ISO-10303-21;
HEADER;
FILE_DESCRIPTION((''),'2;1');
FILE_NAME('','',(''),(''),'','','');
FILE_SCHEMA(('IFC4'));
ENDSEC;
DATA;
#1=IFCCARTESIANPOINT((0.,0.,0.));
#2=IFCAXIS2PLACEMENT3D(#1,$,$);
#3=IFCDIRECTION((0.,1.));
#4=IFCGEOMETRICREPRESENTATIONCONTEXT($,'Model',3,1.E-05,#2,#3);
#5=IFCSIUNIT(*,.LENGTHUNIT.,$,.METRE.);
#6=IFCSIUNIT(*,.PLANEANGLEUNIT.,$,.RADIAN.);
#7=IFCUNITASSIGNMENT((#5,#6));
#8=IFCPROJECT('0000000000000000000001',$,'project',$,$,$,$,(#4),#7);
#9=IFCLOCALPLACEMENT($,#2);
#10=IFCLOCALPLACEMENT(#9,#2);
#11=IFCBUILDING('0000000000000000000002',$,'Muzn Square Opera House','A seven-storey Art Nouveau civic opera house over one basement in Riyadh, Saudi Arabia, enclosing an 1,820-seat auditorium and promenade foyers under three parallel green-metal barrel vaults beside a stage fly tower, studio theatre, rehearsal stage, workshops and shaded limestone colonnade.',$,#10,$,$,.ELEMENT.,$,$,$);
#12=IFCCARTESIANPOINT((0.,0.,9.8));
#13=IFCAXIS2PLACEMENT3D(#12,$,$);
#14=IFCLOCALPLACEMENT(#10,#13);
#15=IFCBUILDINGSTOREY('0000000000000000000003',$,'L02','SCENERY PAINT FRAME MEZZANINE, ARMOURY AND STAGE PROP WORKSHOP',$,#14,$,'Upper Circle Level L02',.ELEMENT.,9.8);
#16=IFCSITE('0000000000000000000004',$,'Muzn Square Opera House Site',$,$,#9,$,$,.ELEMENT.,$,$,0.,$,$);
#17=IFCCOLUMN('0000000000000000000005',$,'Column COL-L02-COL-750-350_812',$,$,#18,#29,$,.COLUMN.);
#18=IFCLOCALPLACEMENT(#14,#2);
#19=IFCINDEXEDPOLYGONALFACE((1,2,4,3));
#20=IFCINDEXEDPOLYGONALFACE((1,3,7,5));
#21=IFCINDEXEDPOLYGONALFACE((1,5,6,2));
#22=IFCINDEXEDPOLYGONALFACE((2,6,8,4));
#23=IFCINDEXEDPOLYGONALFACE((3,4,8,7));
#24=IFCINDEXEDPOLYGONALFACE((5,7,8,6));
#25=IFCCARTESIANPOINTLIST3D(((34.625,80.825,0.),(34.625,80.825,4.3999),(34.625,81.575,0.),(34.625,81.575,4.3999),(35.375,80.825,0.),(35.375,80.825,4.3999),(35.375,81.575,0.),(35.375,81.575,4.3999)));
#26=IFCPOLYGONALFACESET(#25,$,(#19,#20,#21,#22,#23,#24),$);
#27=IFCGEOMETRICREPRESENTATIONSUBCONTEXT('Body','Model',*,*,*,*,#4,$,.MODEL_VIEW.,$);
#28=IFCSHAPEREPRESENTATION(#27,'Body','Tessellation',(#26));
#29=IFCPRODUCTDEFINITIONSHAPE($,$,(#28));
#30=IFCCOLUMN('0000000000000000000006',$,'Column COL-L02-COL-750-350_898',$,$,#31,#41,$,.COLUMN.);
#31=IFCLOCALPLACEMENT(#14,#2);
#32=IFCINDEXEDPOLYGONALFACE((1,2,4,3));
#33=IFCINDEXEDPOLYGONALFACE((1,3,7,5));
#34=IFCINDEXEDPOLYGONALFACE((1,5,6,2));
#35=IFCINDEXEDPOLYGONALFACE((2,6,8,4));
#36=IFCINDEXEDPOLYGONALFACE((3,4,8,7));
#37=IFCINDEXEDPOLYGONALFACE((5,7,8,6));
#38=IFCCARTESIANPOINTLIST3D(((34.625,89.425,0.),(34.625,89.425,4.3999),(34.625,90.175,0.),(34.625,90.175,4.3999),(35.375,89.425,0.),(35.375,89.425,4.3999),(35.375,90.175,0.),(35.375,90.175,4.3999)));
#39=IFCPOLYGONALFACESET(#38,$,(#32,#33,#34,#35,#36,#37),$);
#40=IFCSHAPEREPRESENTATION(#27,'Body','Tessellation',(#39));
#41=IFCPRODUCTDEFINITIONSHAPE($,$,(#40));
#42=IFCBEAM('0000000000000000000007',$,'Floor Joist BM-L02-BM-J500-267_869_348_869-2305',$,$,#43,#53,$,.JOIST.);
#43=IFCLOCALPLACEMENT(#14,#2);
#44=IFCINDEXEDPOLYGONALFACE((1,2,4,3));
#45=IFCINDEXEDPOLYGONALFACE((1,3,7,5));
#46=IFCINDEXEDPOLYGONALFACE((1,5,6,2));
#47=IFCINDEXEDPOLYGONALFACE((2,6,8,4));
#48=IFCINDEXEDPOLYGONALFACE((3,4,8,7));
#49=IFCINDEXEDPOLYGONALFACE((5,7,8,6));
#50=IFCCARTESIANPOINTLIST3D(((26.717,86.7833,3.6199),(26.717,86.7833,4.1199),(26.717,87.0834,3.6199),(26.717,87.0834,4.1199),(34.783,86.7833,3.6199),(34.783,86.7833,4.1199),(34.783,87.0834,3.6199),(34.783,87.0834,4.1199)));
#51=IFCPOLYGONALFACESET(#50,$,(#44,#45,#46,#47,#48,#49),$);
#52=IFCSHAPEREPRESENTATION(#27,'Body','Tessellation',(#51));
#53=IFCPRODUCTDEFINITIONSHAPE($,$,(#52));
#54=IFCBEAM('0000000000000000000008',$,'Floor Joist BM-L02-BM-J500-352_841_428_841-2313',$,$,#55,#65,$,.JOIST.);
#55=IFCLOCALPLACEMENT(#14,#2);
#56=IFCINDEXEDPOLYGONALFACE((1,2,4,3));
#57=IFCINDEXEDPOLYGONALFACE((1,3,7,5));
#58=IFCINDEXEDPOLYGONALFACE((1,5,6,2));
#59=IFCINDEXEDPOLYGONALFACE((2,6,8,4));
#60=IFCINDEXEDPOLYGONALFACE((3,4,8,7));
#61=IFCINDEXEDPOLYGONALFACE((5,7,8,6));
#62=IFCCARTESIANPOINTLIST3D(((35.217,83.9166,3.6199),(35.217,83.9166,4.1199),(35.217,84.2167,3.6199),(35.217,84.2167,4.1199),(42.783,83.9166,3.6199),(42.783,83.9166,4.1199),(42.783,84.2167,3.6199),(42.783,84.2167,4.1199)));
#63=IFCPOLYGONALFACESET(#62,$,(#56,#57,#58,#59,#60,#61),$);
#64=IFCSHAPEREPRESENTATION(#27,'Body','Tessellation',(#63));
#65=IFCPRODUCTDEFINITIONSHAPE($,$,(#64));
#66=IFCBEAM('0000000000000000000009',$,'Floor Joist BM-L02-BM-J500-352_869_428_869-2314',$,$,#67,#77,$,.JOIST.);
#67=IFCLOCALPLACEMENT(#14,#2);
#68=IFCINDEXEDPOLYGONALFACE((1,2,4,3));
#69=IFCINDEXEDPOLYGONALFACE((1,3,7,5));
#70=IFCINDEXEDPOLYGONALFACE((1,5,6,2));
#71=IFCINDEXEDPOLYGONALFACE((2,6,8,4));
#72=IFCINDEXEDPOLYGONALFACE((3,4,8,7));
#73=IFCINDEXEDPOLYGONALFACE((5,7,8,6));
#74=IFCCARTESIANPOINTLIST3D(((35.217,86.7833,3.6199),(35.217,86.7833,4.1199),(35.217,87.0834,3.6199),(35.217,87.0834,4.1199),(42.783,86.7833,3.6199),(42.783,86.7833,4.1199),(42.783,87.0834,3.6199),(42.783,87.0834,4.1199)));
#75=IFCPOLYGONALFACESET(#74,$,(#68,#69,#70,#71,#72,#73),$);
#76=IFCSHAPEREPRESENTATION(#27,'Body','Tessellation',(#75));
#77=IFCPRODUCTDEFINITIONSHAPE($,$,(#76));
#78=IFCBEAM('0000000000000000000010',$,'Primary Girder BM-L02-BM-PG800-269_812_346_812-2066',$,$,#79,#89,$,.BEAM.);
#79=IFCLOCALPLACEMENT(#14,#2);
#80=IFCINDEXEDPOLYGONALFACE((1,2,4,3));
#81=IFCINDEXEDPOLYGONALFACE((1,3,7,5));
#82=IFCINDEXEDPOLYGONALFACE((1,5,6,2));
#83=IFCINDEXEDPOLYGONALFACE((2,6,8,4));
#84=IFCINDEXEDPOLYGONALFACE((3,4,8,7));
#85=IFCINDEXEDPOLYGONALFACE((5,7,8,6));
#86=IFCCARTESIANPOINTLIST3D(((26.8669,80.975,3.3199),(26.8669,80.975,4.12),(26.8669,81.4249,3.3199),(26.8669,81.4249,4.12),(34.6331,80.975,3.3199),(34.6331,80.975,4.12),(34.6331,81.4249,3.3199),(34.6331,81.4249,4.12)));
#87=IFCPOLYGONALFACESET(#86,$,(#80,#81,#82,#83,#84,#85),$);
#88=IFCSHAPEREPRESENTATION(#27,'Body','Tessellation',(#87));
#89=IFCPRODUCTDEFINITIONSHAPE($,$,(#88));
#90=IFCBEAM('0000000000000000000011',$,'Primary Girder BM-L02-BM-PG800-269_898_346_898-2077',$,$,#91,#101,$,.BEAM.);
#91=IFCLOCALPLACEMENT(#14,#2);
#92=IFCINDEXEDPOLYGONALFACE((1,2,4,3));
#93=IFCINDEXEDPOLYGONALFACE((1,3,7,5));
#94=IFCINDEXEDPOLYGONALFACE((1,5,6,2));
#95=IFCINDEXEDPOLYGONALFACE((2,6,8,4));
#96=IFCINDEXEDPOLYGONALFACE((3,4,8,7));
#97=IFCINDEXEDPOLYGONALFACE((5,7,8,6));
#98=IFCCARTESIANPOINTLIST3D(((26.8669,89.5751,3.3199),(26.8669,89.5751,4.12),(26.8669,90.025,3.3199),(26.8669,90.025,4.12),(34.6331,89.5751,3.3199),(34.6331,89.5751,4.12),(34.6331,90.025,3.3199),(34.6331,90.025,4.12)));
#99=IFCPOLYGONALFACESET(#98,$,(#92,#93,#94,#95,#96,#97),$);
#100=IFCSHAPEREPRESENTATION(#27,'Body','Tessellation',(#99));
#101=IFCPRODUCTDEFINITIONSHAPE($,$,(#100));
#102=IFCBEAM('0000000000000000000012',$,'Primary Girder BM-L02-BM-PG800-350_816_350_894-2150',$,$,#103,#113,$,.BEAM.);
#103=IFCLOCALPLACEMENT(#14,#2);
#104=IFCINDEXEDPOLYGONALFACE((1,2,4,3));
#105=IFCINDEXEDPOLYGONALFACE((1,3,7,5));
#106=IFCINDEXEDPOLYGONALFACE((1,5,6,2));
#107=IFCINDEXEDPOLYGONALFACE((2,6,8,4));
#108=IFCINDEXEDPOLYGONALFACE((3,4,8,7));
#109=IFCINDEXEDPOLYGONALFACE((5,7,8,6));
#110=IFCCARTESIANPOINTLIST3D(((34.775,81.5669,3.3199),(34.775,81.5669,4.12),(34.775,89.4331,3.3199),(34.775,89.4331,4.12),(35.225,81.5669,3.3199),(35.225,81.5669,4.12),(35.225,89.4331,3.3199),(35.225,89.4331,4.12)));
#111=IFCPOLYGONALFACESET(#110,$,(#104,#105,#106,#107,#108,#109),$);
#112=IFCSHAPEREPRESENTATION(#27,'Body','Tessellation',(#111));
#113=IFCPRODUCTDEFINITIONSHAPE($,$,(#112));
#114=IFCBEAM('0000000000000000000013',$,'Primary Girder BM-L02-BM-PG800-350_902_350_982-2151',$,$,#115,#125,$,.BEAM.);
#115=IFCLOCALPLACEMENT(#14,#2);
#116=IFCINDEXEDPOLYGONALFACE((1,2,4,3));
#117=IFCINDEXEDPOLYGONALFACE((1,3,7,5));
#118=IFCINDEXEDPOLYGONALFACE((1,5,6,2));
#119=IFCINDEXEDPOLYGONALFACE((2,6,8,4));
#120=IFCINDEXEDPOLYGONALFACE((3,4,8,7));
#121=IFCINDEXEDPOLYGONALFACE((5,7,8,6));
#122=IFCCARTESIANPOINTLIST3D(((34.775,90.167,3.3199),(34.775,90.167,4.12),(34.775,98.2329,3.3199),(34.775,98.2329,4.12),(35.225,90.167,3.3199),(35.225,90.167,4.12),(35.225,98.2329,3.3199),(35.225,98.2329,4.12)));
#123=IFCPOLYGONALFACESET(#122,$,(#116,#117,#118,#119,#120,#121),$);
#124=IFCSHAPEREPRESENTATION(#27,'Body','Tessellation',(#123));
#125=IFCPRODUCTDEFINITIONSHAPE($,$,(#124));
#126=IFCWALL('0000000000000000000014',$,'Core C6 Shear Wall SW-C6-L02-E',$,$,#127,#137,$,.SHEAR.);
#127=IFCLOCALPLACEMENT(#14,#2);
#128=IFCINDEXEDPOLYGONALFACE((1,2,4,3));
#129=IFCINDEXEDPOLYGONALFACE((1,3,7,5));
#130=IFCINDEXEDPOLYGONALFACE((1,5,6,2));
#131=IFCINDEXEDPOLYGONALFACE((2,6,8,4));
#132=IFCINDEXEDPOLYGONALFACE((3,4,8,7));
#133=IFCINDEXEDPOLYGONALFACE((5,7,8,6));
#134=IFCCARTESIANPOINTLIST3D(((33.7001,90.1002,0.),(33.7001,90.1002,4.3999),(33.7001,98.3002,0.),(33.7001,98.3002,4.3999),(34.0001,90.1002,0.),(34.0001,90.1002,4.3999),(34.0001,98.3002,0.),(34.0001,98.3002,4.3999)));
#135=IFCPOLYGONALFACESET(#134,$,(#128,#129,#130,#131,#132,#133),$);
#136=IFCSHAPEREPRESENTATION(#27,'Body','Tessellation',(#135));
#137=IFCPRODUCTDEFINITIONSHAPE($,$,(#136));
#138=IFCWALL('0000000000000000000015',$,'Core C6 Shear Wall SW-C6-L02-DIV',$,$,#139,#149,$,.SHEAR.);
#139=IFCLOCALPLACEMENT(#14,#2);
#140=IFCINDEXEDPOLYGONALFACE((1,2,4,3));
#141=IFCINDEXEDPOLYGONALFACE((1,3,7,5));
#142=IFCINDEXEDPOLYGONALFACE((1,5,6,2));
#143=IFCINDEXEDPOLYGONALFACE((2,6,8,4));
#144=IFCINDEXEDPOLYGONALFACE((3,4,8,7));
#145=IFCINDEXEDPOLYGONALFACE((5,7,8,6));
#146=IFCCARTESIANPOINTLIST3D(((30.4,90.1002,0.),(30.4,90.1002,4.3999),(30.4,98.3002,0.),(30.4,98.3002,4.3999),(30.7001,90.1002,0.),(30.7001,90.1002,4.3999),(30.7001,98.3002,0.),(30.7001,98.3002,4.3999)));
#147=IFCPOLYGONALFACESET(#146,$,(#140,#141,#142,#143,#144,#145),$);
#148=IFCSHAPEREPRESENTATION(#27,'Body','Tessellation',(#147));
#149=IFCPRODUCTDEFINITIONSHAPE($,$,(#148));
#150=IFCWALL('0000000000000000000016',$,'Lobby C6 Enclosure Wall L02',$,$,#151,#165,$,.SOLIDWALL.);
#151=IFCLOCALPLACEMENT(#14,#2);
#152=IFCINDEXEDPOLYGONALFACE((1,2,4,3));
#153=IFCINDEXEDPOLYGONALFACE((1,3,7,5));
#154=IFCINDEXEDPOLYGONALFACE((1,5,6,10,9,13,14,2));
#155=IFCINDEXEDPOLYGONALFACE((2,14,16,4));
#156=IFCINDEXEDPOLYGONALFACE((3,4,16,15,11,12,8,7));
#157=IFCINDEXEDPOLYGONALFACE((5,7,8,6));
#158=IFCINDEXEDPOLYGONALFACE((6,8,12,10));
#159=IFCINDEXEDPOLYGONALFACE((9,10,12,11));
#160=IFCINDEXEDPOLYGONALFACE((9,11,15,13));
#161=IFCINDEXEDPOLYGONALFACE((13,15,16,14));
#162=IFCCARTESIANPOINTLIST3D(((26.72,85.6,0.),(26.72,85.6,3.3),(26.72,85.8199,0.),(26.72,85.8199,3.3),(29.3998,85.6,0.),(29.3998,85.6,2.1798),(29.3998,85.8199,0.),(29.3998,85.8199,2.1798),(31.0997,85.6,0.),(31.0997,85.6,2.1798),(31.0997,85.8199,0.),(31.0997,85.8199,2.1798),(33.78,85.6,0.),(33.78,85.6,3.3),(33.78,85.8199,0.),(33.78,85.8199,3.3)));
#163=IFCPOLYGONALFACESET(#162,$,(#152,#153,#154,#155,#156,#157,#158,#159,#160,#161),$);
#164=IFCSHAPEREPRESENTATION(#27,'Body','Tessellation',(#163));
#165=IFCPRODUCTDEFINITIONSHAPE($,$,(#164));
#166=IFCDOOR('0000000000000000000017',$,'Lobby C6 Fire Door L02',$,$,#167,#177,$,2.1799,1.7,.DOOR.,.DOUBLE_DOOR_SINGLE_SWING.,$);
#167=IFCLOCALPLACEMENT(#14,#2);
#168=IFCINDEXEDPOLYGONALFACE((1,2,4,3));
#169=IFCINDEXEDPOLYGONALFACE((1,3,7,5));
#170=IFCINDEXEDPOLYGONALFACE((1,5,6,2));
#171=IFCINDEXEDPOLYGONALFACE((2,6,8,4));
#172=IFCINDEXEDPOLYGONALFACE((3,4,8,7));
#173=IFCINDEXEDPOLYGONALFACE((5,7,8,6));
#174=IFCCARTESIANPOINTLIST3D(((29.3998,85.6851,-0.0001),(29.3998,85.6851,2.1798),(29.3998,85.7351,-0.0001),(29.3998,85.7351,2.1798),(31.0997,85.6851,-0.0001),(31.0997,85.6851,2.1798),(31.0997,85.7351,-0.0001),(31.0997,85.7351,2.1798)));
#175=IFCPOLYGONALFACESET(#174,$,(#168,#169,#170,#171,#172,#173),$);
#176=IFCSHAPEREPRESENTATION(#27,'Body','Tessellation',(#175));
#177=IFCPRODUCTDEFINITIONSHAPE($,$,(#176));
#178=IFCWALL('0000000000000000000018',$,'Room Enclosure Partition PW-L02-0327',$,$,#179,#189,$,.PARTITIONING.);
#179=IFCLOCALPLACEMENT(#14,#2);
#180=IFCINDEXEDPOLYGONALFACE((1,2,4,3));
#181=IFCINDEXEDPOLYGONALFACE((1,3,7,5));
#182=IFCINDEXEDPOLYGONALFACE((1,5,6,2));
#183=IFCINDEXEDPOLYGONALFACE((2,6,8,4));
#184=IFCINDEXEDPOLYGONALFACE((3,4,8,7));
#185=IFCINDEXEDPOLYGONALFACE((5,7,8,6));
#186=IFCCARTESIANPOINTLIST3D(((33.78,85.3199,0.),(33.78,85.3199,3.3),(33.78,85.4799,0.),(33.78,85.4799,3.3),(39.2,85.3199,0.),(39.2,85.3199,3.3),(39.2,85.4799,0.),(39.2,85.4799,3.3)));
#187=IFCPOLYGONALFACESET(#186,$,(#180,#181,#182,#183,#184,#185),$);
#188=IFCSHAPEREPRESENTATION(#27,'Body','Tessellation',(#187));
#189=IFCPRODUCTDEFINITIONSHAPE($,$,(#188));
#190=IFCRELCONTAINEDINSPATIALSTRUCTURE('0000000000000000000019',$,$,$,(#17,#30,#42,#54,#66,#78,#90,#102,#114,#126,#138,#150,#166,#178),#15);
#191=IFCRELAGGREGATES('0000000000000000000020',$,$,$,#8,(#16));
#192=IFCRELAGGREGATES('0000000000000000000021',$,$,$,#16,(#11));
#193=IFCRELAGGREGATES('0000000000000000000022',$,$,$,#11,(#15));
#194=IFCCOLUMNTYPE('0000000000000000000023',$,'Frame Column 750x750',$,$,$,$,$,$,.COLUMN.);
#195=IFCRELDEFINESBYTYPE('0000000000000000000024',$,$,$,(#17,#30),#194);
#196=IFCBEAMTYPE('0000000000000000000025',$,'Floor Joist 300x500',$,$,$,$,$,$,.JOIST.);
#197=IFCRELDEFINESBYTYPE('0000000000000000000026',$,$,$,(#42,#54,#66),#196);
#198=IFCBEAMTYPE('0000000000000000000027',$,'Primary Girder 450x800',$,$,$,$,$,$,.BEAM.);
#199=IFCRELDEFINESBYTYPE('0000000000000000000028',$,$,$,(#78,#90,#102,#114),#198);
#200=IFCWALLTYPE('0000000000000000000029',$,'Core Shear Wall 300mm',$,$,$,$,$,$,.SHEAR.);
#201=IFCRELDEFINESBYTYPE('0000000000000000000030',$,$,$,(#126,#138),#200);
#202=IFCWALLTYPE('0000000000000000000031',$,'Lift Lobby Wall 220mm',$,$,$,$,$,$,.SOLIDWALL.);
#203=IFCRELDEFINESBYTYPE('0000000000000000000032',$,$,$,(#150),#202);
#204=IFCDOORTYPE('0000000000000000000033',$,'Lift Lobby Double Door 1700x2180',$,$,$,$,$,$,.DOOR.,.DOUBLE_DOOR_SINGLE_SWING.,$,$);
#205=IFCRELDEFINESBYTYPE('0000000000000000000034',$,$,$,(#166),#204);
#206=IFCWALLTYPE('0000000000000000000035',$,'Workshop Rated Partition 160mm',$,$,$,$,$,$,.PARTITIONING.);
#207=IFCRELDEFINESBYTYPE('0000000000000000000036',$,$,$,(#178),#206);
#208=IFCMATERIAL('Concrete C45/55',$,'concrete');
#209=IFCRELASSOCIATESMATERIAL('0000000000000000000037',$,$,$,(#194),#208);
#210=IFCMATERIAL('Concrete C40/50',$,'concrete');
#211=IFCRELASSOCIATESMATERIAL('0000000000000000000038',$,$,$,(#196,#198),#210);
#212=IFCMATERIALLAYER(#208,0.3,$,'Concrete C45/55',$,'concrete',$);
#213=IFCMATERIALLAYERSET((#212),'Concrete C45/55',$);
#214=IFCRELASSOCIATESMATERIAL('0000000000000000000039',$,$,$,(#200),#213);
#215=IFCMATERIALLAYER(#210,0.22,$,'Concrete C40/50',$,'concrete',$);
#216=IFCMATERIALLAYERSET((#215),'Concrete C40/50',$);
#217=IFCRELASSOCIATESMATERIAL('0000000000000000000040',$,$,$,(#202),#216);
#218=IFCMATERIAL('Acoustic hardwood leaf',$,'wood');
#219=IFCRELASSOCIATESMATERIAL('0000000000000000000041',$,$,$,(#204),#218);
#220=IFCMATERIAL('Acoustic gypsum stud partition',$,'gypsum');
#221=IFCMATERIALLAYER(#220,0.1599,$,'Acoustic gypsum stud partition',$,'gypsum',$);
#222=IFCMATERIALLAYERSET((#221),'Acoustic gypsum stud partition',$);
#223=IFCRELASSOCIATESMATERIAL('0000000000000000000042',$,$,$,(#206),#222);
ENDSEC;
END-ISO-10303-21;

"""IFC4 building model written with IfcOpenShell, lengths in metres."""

from ifc_helpers import new_model, si_unit, direction, frame, frame_2d, origin, origin_2d, place, context, subcontext, project, spatial, rectangle, extrude, material, layer, layer_set, material_profile, profile_set, type_object, element, fill, save


model = new_model("IFC4")

# Units and contexts
model_context = context("Model", 3, precision=1e-05, world=origin(), true_north=direction((0.0, 1.0)))
body_context = subcontext(model_context, "Body", "Model", "MODEL_VIEW")
ifc_project = project(units=[si_unit("LENGTHUNIT", "METRE"), si_unit("PLANEANGLEUNIT", "RADIAN")], contexts=[model_context])

# Site, building, storey
site_placement = place(None, origin())
site = spatial("IfcSite", under=ifc_project, at=site_placement, Name="Muzn Square Opera House Site", CompositionType="ELEMENT", RefElevation=0.0)
building_placement = place(site_placement, origin())
building = spatial("IfcBuilding", under=site, at=building_placement, Name="Muzn Square Opera House", Description="A seven-storey Art Nouveau civic opera house over one basement in Riyadh, Saudi Arabia, enclosing an 1,820-seat auditorium and promenade foyers under three parallel green-metal barrel vaults beside a stage fly tower, studio theatre, rehearsal stage, workshops and shaded limestone colonnade.", CompositionType="ELEMENT")
storey_placement = place(building_placement, frame((0.0, 0.0, 9.8)))
storey = spatial("IfcBuildingStorey", under=building, at=storey_placement, Name="L02", Description="SCENERY PAINT FRAME MEZZANINE, ARMOURY AND STAGE PROP WORKSHOP", LongName="Upper Circle Level L02", CompositionType="ELEMENT", Elevation=9.8)

# Columns
ifc_material_1 = material(Name="Concrete C45/55", Category="concrete")
ifc_material_profile_1 = material_profile(ifc_material_1, rectangle(XDim=0.75, YDim=0.75, at=origin_2d()), Name="RC 750x750", Category="concrete")
ifc_profile_set_1 = profile_set([ifc_material_profile_1], Name="Concrete C45/55")
column_type = type_object("IfcColumnType", Name="Frame Column 750x750", PredefinedType="COLUMN", material=ifc_profile_set_1)
for number, where, z_axis, x_axis, name in (
    (1, (35.0, 81.2, 0.0), (0.0, 0.0, 1.0), (1.0, 0.0, 0.0), "Column COL-L02-COL-750-350_812"),
    (2, (35.0, 89.8, 0.0), (0.0, 0.0, 1.0), (1.0, 0.0, 0.0), "Column COL-L02-COL-750-350_898"),
):
    element("IfcColumn", number, at=place(storey_placement, frame(where, z_axis=z_axis, x_axis=x_axis)), inside=storey, type_object=column_type, Name=name, PredefinedType="COLUMN", context=body_context, shape_type="SweptSolid", body=[
        extrude(rectangle(XDim=0.75, YDim=0.75, at=origin_2d()), origin(), (0.0, 0.0, 1.0), 4.3999),
    ])

# Beams
ifc_material_2 = material(Name="Concrete C40/50", Category="concrete")
ifc_material_profile_2 = material_profile(ifc_material_2, rectangle(XDim=0.3, YDim=0.5, at=origin_2d()), Name="RCJ 300x500", Category="concrete")
ifc_profile_set_2 = profile_set([ifc_material_profile_2], Name="Concrete C40/50")
beam_type_1 = type_object("IfcBeamType", Name="Floor Joist 300x500", PredefinedType="JOIST", material=ifc_profile_set_2)
beam_1_placement = place(storey_placement, frame((26.717, 86.9333, 3.8699), z_axis=(1.0, 0.0, 0.0), x_axis=(0.0, 1.0, 0.0)))
element("IfcBeam", 3, at=beam_1_placement, inside=storey, type_object=beam_type_1, Name="Floor Joist BM-L02-BM-J500-267_869_348_869-2305", PredefinedType="JOIST", context=body_context, shape_type="SweptSolid", body=[
    extrude(rectangle(XDim=0.3, YDim=0.5, at=origin_2d()), origin(), (0.0, 0.0, 1.0), 8.0659),
])
for number, where, z_axis, x_axis, name in (
    (4, (35.217, 84.0667, 3.8699), (1.0, 0.0, 0.0), (0.0, 1.0, 0.0), "Floor Joist BM-L02-BM-J500-352_841_428_841-2313"),
    (5, (35.217, 86.9333, 3.8699), (1.0, 0.0, 0.0), (0.0, 1.0, 0.0), "Floor Joist BM-L02-BM-J500-352_869_428_869-2314"),
):
    element("IfcBeam", number, at=place(storey_placement, frame(where, z_axis=z_axis, x_axis=x_axis)), inside=storey, type_object=beam_type_1, Name=name, PredefinedType="JOIST", context=body_context, shape_type="SweptSolid", body=[
        extrude(rectangle(XDim=0.3, YDim=0.5, at=origin_2d()), origin(), (0.0, 0.0, 1.0), 7.5659),
    ])
ifc_material_profile_3 = material_profile(ifc_material_2, rectangle(XDim=0.45, YDim=0.8, at=origin_2d()), Name="RCB 450x800", Category="concrete")
ifc_profile_set_3 = profile_set([ifc_material_profile_3], Name="Concrete C40/50")
beam_type_2 = type_object("IfcBeamType", Name="Primary Girder 450x800", PredefinedType="BEAM", material=ifc_profile_set_3)
for number, where, z_axis, x_axis, name in (
    (6, (26.8669, 81.2, 3.72), (1.0, 0.0, 0.0), (0.0, 1.0, 0.0), "Primary Girder BM-L02-BM-PG800-269_812_346_812-2066"),
    (7, (26.8669, 89.8, 3.72), (1.0, 0.0, 0.0), (0.0, 1.0, 0.0), "Primary Girder BM-L02-BM-PG800-269_898_346_898-2077"),
):
    element("IfcBeam", number, at=place(storey_placement, frame(where, z_axis=z_axis, x_axis=x_axis)), inside=storey, type_object=beam_type_2, Name=name, PredefinedType="BEAM", context=body_context, shape_type="SweptSolid", body=[
        extrude(rectangle(XDim=0.45, YDim=0.8, at=origin_2d()), origin(), (0.0, 0.0, 1.0), 7.7661),
    ])
beam_2_placement = place(storey_placement, frame((35.0, 81.5669, 3.72), z_axis=(0.0, 1.0, 0.0), x_axis=(-1.0, 0.0, 0.0)))
element("IfcBeam", 8, at=beam_2_placement, inside=storey, type_object=beam_type_2, Name="Primary Girder BM-L02-BM-PG800-350_816_350_894-2150", PredefinedType="BEAM", context=body_context, shape_type="SweptSolid", body=[
    extrude(rectangle(XDim=0.45, YDim=0.8, at=origin_2d()), origin(), (0.0, 0.0, 1.0), 7.8662),
])
beam_3_placement = place(storey_placement, frame((35.0, 90.167, 3.72), z_axis=(0.0, 1.0, 0.0), x_axis=(-1.0, 0.0, 0.0)))
element("IfcBeam", 9, at=beam_3_placement, inside=storey, type_object=beam_type_2, Name="Primary Girder BM-L02-BM-PG800-350_902_350_982-2151", PredefinedType="BEAM", context=body_context, shape_type="SweptSolid", body=[
    extrude(rectangle(XDim=0.45, YDim=0.8, at=origin_2d()), origin(), (0.0, 0.0, 1.0), 8.0659),
])

# Walls
ifc_layer_1 = layer(ifc_material_1, 0.3, Name="Concrete C45/55", Category="concrete")
ifc_layer_set_1 = layer_set([ifc_layer_1], Name="Concrete C45/55")
wall_type_1 = type_object("IfcWallType", Name="Core Shear Wall 300mm", PredefinedType="SHEAR", material=ifc_layer_set_1)
for number, where, z_axis, x_axis, name in (
    (10, (33.8501, 90.1001, 0.0), (0.0, 0.0, 1.0), (0.0, 1.0, 0.0), "Core C6 Shear Wall SW-C6-L02-E"),
    (11, (30.55, 90.1001, 0.0), (0.0, 0.0, 1.0), (0.0, 1.0, 0.0), "Core C6 Shear Wall SW-C6-L02-DIV"),
):
    element("IfcWall", number, at=place(storey_placement, frame(where, z_axis=z_axis, x_axis=x_axis)), inside=storey, type_object=wall_type_1, Name=name, PredefinedType="SHEAR", context=body_context, shape_type="SweptSolid", body=[
        extrude(rectangle(XDim=8.2, YDim=0.3, at=frame_2d((4.1001, 0.0))), origin(), (0.0, 0.0, 1.0), 4.3999),
    ])

# Wall, opening, door
ifc_layer_2 = layer(ifc_material_2, 0.22, Name="Concrete C40/50", Category="concrete")
ifc_layer_set_2 = layer_set([ifc_layer_2], Name="Concrete C40/50")
wall_type_2 = type_object("IfcWallType", Name="Lift Lobby Wall 220mm", PredefinedType="SOLIDWALL", material=ifc_layer_set_2)
wall_1_placement = place(storey_placement, frame((26.72, 85.71, 0.0), z_axis=(0.0, 0.0, 1.0), x_axis=(1.0, 0.0, 0.0)))
wall_1 = element("IfcWall", 12, at=wall_1_placement, inside=storey, type_object=wall_type_2, Name="Lobby C6 Enclosure Wall L02", PredefinedType="SOLIDWALL", context=body_context, shape_type="SweptSolid", body=[
    extrude(rectangle(XDim=7.0601, YDim=0.22, at=frame_2d((3.53, 0.0))), origin(), (0.0, 0.0, 1.0), 3.3),
])
opening_1_placement = place(wall_1_placement, frame((4.3799, 0.0, 0.0), z_axis=(0.0, 0.0, 1.0), x_axis=(-1.0, 0.0, 0.0)))
opening_1 = element("IfcOpeningElement", 13, at=opening_1_placement, cuts=wall_1, PredefinedType="OPENING", context=body_context, shape_type="SweptSolid", body=[
    extrude(rectangle(XDim=1.7, YDim=2.1799, at=frame_2d((0.8501, 1.0898))), frame((0.0, 0.1199, 0.0), z_axis=(0.0, -1.0, 0.0), x_axis=(1.0, 0.0, 0.0)), (0.0, 0.0, 1.0), 0.24),
])
ifc_material_3 = material(Name="Acoustic hardwood leaf", Category="wood")
door_type_1 = type_object("IfcDoorType", Name="Lift Lobby Double Door 1700x2180", OperationType="DOUBLE_DOOR_SINGLE_SWING", PredefinedType="DOOR", material=ifc_material_3)
door_1_placement = place(opening_1_placement, origin())
door_1 = element("IfcDoor", 14, at=door_1_placement, inside=storey, type_object=door_type_1, Name="Lobby C6 Fire Door L02", OperationType="DOUBLE_DOOR_SINGLE_SWING", OverallHeight=2.1799, OverallWidth=1.7, PredefinedType="DOOR", context=body_context, shape_type="SweptSolid", body=[
    extrude(rectangle(XDim=1.7, YDim=2.1799, at=frame_2d((0.8501, 1.0898))), frame((0.0, 0.0249, 0.0), z_axis=(0.0, -1.0, 0.0), x_axis=(1.0, 0.0, 0.0)), (0.0, 0.0, 1.0), 0.05),
])
fill(opening_1, door_1)

# Wall
ifc_material_4 = material(Name="Acoustic gypsum stud partition", Category="gypsum")
ifc_layer_3 = layer(ifc_material_4, 0.1599, Name="Acoustic gypsum stud partition", Category="gypsum")
ifc_layer_set_3 = layer_set([ifc_layer_3], Name="Acoustic gypsum stud partition")
wall_type_3 = type_object("IfcWallType", Name="Workshop Rated Partition 160mm", PredefinedType="PARTITIONING", material=ifc_layer_set_3)
wall_2_placement = place(storey_placement, frame((33.78, 85.3999, 0.0), z_axis=(0.0, 0.0, 1.0), x_axis=(1.0, 0.0, 0.0)))
element("IfcWall", 15, at=wall_2_placement, inside=storey, type_object=wall_type_3, Name="Room Enclosure Partition PW-L02-0327", PredefinedType="PARTITIONING", context=body_context, shape_type="SweptSolid", body=[
    extrude(rectangle(XDim=5.4199, YDim=0.1599, at=frame_2d((2.71, 0.0))), origin(), (0.0, 0.0, 1.0), 3.3),
])

save(model, "model.ifc")
